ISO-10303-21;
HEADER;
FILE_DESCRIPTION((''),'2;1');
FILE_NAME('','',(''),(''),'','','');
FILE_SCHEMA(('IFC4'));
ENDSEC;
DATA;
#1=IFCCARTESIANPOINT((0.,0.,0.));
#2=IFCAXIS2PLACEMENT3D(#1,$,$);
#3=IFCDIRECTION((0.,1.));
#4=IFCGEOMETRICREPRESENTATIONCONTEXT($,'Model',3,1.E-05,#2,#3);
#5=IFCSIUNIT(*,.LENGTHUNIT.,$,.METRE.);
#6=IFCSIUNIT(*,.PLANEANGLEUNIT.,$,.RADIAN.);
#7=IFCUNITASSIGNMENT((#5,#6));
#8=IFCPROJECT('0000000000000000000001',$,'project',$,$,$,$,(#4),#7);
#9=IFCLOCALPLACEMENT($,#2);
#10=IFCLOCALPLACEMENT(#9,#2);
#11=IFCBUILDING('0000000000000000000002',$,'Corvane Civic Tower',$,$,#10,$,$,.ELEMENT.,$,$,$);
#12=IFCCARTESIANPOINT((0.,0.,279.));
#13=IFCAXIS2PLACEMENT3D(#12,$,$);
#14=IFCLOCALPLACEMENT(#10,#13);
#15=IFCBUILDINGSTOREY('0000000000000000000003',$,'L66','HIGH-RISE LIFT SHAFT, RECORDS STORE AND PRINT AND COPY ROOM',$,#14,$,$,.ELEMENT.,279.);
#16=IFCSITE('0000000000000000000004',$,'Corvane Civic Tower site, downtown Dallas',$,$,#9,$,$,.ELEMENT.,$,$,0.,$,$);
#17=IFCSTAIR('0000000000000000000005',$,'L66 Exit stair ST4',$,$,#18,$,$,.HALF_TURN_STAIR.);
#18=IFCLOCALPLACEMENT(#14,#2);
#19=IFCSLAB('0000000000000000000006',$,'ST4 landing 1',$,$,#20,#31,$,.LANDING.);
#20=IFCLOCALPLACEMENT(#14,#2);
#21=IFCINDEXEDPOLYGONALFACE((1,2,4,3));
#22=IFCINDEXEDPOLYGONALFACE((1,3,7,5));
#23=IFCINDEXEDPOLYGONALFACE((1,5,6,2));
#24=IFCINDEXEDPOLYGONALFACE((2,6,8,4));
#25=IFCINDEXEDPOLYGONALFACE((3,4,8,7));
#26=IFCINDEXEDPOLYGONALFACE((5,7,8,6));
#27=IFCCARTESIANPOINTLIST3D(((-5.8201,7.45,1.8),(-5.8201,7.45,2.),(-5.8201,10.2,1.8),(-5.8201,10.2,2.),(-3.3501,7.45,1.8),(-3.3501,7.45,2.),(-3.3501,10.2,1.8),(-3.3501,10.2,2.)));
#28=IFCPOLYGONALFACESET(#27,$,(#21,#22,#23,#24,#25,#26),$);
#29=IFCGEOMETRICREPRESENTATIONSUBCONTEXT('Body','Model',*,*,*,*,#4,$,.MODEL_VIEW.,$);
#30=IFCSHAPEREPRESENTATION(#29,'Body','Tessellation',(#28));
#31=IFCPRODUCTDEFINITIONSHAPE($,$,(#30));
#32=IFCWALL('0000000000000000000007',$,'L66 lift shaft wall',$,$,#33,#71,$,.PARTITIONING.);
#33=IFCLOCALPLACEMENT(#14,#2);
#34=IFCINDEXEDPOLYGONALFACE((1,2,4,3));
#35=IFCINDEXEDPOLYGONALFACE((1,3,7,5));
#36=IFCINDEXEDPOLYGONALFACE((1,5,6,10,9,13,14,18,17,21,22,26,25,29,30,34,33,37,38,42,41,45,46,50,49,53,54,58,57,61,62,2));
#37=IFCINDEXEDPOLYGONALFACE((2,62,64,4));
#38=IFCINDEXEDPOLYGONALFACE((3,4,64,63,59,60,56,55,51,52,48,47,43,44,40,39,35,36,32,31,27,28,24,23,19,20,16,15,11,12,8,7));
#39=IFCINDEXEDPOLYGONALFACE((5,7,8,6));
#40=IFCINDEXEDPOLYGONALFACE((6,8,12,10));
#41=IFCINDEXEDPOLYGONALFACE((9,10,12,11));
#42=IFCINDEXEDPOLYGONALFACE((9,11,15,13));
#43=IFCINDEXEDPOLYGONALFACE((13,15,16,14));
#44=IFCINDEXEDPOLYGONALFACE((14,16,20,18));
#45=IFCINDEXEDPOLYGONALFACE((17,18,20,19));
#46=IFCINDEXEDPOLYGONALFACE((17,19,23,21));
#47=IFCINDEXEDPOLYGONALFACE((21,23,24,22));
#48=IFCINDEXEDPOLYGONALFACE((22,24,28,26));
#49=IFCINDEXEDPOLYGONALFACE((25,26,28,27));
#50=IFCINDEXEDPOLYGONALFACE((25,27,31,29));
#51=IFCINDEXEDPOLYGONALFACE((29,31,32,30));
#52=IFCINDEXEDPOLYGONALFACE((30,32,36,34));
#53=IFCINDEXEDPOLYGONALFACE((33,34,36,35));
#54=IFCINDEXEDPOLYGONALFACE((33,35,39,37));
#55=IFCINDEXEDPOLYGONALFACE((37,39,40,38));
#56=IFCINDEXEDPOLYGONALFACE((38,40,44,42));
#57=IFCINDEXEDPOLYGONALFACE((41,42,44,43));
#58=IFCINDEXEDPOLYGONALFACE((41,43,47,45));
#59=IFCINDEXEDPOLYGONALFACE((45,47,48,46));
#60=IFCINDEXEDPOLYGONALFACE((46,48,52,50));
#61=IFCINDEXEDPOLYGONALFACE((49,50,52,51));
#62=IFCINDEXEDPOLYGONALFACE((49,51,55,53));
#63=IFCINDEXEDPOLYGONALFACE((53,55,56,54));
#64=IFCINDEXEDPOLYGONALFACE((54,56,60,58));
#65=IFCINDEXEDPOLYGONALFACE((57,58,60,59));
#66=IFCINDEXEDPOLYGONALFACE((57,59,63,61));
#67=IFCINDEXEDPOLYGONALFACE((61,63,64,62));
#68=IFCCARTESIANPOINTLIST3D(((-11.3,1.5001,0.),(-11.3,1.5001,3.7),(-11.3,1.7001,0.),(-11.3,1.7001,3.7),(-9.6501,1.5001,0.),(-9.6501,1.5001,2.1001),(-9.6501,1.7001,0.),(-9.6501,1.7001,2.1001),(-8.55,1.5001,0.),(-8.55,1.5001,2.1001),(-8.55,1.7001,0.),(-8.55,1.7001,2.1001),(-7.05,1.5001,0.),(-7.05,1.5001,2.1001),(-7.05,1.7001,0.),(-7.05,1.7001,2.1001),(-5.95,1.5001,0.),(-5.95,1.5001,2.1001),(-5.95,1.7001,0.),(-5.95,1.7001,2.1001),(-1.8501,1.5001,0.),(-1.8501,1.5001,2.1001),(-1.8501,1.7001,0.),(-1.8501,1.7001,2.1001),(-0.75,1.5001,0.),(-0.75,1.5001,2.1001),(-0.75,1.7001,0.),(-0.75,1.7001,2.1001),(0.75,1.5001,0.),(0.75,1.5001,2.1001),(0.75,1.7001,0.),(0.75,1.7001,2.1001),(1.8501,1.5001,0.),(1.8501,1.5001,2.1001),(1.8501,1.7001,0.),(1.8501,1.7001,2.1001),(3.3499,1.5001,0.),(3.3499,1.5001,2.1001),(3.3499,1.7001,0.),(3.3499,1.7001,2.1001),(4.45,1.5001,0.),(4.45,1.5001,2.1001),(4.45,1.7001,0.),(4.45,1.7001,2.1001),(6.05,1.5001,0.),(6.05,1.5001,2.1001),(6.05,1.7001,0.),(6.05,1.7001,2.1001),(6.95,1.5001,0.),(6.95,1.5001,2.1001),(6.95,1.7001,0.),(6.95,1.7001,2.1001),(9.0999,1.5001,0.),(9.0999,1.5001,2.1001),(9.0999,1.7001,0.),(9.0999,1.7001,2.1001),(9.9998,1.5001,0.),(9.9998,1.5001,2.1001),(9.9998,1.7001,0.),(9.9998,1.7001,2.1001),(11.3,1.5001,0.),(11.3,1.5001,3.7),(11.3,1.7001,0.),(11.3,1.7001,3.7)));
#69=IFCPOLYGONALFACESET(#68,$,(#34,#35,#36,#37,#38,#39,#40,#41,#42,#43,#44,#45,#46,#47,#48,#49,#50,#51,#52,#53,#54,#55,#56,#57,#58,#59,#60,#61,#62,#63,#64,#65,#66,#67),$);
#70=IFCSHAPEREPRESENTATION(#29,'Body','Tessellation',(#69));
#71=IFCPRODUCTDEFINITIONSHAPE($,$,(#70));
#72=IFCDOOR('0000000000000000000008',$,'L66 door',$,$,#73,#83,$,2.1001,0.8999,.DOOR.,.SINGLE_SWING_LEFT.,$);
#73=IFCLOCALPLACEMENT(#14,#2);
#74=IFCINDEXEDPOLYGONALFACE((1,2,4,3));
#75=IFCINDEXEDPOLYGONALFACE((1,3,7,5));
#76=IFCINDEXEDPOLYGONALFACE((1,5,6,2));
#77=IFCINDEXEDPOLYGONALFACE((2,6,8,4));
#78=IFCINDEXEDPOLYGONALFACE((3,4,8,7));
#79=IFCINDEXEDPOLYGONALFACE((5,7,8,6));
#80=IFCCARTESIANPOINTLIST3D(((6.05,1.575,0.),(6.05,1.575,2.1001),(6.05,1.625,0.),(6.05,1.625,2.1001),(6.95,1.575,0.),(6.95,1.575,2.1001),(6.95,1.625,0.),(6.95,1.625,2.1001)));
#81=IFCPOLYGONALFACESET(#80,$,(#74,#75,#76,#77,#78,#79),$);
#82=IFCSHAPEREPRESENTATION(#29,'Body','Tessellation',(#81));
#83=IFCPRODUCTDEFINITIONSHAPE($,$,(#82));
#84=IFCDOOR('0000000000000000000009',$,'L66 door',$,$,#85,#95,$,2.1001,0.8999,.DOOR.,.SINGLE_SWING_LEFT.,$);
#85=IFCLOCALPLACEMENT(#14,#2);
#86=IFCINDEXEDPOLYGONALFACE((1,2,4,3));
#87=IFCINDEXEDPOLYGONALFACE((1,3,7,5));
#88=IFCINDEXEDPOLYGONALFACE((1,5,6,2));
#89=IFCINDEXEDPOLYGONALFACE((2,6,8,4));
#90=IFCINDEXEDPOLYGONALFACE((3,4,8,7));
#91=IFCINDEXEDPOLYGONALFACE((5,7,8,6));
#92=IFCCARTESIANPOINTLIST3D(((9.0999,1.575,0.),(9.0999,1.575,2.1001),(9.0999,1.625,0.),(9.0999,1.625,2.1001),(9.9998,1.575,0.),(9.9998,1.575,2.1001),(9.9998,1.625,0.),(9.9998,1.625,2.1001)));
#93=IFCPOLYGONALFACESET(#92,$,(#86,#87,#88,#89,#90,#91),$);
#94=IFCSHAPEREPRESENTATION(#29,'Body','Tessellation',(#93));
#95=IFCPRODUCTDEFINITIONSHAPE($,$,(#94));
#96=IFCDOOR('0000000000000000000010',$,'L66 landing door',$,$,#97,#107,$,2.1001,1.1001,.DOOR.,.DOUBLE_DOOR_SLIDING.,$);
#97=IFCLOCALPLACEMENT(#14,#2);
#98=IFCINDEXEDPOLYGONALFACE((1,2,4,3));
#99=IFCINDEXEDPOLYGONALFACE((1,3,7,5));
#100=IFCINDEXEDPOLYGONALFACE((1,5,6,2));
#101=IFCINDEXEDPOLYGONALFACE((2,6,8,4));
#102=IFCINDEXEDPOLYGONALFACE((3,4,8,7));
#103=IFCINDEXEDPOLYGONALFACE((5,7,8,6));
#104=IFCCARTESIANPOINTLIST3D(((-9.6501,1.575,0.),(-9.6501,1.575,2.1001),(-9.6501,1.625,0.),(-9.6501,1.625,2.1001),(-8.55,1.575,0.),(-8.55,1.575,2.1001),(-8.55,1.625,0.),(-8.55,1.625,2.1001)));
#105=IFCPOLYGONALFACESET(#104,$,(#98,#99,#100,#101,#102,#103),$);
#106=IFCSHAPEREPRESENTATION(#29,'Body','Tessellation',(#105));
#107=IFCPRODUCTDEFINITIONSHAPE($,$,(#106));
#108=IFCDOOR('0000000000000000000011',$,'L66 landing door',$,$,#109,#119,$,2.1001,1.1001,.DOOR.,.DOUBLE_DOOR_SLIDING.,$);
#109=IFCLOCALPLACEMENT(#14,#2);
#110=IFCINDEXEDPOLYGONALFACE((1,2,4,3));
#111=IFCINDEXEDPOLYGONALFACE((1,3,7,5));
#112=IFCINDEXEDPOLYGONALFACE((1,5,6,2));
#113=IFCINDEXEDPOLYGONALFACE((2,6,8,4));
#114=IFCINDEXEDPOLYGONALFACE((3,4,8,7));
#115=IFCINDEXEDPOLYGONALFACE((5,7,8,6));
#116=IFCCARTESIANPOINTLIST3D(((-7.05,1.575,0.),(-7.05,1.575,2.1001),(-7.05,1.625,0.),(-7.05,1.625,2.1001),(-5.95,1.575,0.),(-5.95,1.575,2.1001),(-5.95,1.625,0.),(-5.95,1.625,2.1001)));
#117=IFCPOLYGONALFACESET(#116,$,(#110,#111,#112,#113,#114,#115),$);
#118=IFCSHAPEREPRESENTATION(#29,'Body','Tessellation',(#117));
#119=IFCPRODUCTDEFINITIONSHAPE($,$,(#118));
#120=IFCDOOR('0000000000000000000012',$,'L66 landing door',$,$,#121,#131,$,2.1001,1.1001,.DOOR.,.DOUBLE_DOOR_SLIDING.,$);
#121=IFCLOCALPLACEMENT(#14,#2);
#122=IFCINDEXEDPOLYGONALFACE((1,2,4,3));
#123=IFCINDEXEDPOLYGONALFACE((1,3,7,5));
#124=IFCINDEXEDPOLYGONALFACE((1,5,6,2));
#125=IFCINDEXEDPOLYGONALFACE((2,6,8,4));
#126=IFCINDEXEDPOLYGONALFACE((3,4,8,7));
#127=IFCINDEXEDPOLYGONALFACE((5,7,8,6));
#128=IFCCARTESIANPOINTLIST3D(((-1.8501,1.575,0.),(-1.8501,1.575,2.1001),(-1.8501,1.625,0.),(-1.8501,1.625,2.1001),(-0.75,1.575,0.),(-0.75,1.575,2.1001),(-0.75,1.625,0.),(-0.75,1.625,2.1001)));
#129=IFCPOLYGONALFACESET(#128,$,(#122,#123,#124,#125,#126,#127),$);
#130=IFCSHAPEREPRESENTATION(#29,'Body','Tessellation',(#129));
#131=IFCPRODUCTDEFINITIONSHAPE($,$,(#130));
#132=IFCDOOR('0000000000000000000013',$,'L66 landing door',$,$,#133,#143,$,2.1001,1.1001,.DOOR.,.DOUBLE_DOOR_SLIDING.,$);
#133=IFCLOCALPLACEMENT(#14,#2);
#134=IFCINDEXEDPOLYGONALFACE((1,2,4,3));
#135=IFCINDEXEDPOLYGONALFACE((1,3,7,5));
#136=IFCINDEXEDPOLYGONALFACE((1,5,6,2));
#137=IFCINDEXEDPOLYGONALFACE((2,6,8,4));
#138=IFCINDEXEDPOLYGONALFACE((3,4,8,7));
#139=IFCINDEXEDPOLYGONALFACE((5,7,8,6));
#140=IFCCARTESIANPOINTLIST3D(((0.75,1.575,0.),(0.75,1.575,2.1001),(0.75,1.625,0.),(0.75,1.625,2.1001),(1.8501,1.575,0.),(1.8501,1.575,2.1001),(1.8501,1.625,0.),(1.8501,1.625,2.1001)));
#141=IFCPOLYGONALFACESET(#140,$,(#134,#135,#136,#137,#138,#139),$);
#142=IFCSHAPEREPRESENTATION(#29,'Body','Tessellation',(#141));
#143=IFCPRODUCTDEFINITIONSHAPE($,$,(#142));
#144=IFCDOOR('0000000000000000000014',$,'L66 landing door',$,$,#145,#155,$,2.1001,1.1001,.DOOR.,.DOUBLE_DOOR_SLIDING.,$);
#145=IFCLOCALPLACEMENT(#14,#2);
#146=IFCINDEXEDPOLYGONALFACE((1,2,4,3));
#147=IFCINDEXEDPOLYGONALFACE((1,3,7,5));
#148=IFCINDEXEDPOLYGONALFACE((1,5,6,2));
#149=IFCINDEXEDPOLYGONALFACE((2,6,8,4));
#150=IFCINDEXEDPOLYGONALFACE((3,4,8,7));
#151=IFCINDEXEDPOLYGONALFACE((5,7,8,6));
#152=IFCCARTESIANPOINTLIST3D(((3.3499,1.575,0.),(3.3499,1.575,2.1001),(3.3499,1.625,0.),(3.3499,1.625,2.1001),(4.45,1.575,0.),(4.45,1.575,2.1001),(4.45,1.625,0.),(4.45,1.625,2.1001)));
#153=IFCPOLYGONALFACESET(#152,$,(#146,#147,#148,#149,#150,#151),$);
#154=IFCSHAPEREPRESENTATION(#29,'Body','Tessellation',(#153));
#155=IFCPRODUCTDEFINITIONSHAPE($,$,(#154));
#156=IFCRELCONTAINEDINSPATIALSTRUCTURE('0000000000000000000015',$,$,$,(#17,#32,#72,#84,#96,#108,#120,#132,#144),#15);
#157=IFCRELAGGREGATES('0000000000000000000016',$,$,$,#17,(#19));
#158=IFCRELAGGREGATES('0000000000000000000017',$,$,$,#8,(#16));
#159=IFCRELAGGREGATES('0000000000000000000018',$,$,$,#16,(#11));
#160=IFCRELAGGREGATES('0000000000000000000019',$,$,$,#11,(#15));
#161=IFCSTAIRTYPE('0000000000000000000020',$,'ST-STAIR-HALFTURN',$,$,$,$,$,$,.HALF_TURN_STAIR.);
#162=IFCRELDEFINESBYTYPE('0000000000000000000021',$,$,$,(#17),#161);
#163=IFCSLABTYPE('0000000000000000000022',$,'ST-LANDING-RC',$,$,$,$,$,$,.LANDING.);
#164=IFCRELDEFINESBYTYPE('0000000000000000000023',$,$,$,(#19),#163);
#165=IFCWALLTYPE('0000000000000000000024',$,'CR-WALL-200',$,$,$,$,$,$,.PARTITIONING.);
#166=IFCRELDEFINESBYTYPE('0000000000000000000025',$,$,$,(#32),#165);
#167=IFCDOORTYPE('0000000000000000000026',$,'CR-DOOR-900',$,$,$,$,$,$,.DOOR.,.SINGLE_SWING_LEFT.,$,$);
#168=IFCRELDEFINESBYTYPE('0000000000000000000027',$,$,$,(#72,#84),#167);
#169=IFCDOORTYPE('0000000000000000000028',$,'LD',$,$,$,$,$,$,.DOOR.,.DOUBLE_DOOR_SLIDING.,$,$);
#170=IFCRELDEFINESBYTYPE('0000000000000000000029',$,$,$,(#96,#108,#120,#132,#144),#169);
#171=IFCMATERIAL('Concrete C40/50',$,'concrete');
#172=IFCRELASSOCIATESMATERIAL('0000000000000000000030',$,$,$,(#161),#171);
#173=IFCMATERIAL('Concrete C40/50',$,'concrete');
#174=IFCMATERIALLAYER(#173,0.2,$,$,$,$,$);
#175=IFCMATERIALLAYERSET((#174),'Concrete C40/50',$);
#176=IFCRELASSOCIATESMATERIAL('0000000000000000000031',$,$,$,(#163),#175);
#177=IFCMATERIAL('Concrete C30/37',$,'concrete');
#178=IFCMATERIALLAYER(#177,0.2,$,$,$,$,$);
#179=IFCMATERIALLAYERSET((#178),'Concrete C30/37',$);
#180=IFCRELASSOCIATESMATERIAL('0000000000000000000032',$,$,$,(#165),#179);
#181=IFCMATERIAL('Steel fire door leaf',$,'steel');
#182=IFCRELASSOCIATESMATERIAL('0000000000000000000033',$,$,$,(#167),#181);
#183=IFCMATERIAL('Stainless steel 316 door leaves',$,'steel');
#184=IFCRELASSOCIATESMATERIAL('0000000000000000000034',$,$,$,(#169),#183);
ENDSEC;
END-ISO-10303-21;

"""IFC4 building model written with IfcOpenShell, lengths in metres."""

from ifc_helpers import new_model, si_unit, direction, frame, frame_2d, origin, place, context, subcontext, project, spatial, polyline, rectangle, outline, extrude, material, layer, layer_set, type_object, element, fill, aggregate, save


model = new_model("IFC4")

# Units and contexts
model_context = context("Model", 3, precision=1e-05, world=origin(), true_north=direction((0.0, 1.0)))
body_context = subcontext(model_context, "Body", "Model", "MODEL_VIEW")
ifc_project = project(units=[si_unit("LENGTHUNIT", "METRE"), si_unit("PLANEANGLEUNIT", "RADIAN")], contexts=[model_context])

# Site, building, storey
site_placement = place(None, origin())
site = spatial("IfcSite", under=ifc_project, at=site_placement, Name="Corvane Civic Tower site, downtown Dallas", CompositionType="ELEMENT", RefElevation=0.0)
building_placement = place(site_placement, origin())
building = spatial("IfcBuilding", under=site, at=building_placement, Name="Corvane Civic Tower", CompositionType="ELEMENT")
storey_placement = place(building_placement, frame((0.0, 0.0, 279.0)))
storey = spatial("IfcBuildingStorey", under=building, at=storey_placement, Name="L66", Description="HIGH-RISE LIFT SHAFT, RECORDS STORE AND PRINT AND COPY ROOM", CompositionType="ELEMENT", Elevation=279.0)

# Stair, slab
ifc_material_1 = material(Name="Concrete C40/50", Category="concrete")
stair_type = type_object("IfcStairType", Name="ST-STAIR-HALFTURN", PredefinedType="HALF_TURN_STAIR", material=ifc_material_1)
ifc_material_2 = material(Name="Concrete C40/50", Category="concrete")
ifc_layer_1 = layer(ifc_material_2, 0.2)
ifc_layer_set_1 = layer_set([ifc_layer_1], Name="Concrete C40/50")
slab_type_1 = type_object("IfcSlabType", Name="ST-LANDING-RC", PredefinedType="LANDING", material=ifc_layer_set_1)
stair_1_placement = place(storey_placement, origin())
stair_1 = element("IfcStair", 1, at=stair_1_placement, inside=storey, type_object=stair_type, Name="L66 Exit stair ST4", PredefinedType="HALF_TURN_STAIR")
slab_1_placement = place(storey_placement, frame((0.0, 0.0, 1.8)))
slab_1 = element("IfcSlab", 2, at=slab_1_placement, type_object=slab_type_1, Name="ST4 landing 1", PredefinedType="LANDING", context=body_context, shape_type="SweptSolid", body=[
    extrude(outline(polyline([(-5.8201, 7.45), (-3.3501, 7.45), (-3.3501, 10.2), (-5.8201, 10.2), (-5.8201, 7.45)])), origin(), (0.0, 0.0, 1.0), 0.2),
])

# Wall, openings, doors
ifc_material_3 = material(Name="Concrete C30/37", Category="concrete")
ifc_layer_2 = layer(ifc_material_3, 0.2)
ifc_layer_set_2 = layer_set([ifc_layer_2], Name="Concrete C30/37")
wall_type_1 = type_object("IfcWallType", Name="CR-WALL-200", PredefinedType="PARTITIONING", material=ifc_layer_set_2)
wall_1_placement = place(storey_placement, frame((-11.3, 1.6001, 0.0), z_axis=(0.0, 0.0, 1.0), x_axis=(1.0, 0.0, 0.0)))
wall_1 = element("IfcWall", 3, at=wall_1_placement, inside=storey, type_object=wall_type_1, Name="L66 lift shaft wall", PredefinedType="PARTITIONING", context=body_context, shape_type="SweptSolid", body=[
    extrude(rectangle(XDim=22.6001, YDim=0.2, at=frame_2d((11.3, 0.0))), origin(), (0.0, 0.0, 1.0), 3.7),
])
opening_1_placement = place(wall_1_placement, frame((1.6499, 0.0, 0.0)))
opening_1 = element("IfcOpeningElement", 4, at=opening_1_placement, cuts=wall_1, PredefinedType="OPENING", context=body_context, shape_type="SweptSolid", body=[
    extrude(rectangle(XDim=1.1001, YDim=2.1001, at=frame_2d((0.55, 1.05))), frame((0.0, 0.1099, 0.0), z_axis=(0.0, -1.0, 0.0), x_axis=(1.0, 0.0, 0.0)), (0.0, 0.0, 1.0), 0.22),
])
opening_2_placement = place(wall_1_placement, frame((4.25, 0.0, 0.0)))
opening_2 = element("IfcOpeningElement", 5, at=opening_2_placement, cuts=wall_1, PredefinedType="OPENING", context=body_context, shape_type="SweptSolid", body=[
    extrude(rectangle(XDim=1.1001, YDim=2.1001, at=frame_2d((0.55, 1.05))), frame((0.0, 0.1099, 0.0), z_axis=(0.0, -1.0, 0.0), x_axis=(1.0, 0.0, 0.0)), (0.0, 0.0, 1.0), 0.22),
])
opening_3_placement = place(wall_1_placement, frame((9.45, 0.0, 0.0)))
opening_3 = element("IfcOpeningElement", 6, at=opening_3_placement, cuts=wall_1, PredefinedType="OPENING", context=body_context, shape_type="SweptSolid", body=[
    extrude(rectangle(XDim=1.1001, YDim=2.1001, at=frame_2d((0.55, 1.05))), frame((0.0, 0.1099, 0.0), z_axis=(0.0, -1.0, 0.0), x_axis=(1.0, 0.0, 0.0)), (0.0, 0.0, 1.0), 0.22),
])
opening_4_placement = place(wall_1_placement, frame((12.05, 0.0, 0.0)))
opening_4 = element("IfcOpeningElement", 7, at=opening_4_placement, cuts=wall_1, PredefinedType="OPENING", context=body_context, shape_type="SweptSolid", body=[
    extrude(rectangle(XDim=1.1001, YDim=2.1001, at=frame_2d((0.55, 1.05))), frame((0.0, 0.1099, 0.0), z_axis=(0.0, -1.0, 0.0), x_axis=(1.0, 0.0, 0.0)), (0.0, 0.0, 1.0), 0.22),
])
opening_5_placement = place(wall_1_placement, frame((14.6499, 0.0, 0.0)))
opening_5 = element("IfcOpeningElement", 8, at=opening_5_placement, cuts=wall_1, PredefinedType="OPENING", context=body_context, shape_type="SweptSolid", body=[
    extrude(rectangle(XDim=1.1001, YDim=2.1001, at=frame_2d((0.55, 1.05))), frame((0.0, 0.1099, 0.0), z_axis=(0.0, -1.0, 0.0), x_axis=(1.0, 0.0, 0.0)), (0.0, 0.0, 1.0), 0.22),
])
opening_6_placement = place(wall_1_placement, frame((17.3501, 0.0, 0.0)))
opening_6 = element("IfcOpeningElement", 9, at=opening_6_placement, cuts=wall_1, PredefinedType="OPENING", context=body_context, shape_type="SweptSolid", body=[
    extrude(rectangle(XDim=0.8999, YDim=2.1001, at=frame_2d((0.45, 1.05))), frame((0.0, 0.1099, 0.0), z_axis=(0.0, -1.0, 0.0), x_axis=(1.0, 0.0, 0.0)), (0.0, 0.0, 1.0), 0.22),
])
opening_7_placement = place(wall_1_placement, frame((20.3999, 0.0, 0.0)))
opening_7 = element("IfcOpeningElement", 10, at=opening_7_placement, cuts=wall_1, PredefinedType="OPENING", context=body_context, shape_type="SweptSolid", body=[
    extrude(rectangle(XDim=0.8999, YDim=2.1001, at=frame_2d((0.45, 1.05))), frame((0.0, 0.1099, 0.0), z_axis=(0.0, -1.0, 0.0), x_axis=(1.0, 0.0, 0.0)), (0.0, 0.0, 1.0), 0.22),
])
ifc_material_4 = material(Name="Steel fire door leaf", Category="steel")
door_type_1 = type_object("IfcDoorType", Name="CR-DOOR-900", OperationType="SINGLE_SWING_LEFT", PredefinedType="DOOR", material=ifc_material_4)
door_1_placement = place(opening_6_placement, origin())
door_1 = element("IfcDoor", 11, at=door_1_placement, inside=storey, type_object=door_type_1, Name="L66 door", OperationType="SINGLE_SWING_LEFT", OverallHeight=2.1001, OverallWidth=0.8999, PredefinedType="DOOR", context=body_context, shape_type="SweptSolid", body=[
    extrude(rectangle(XDim=0.8999, YDim=2.1001, at=frame_2d((0.45, 1.05))), frame((0.0, 0.0249, 0.0), z_axis=(0.0, -1.0, 0.0), x_axis=(1.0, 0.0, 0.0)), (0.0, 0.0, 1.0), 0.05),
])
fill(opening_6, door_1)
door_2_placement = place(opening_7_placement, origin())
door_2 = element("IfcDoor", 12, at=door_2_placement, inside=storey, type_object=door_type_1, Name="L66 door", OperationType="SINGLE_SWING_LEFT", OverallHeight=2.1001, OverallWidth=0.8999, PredefinedType="DOOR", context=body_context, shape_type="SweptSolid", body=[
    extrude(rectangle(XDim=0.8999, YDim=2.1001, at=frame_2d((0.45, 1.05))), frame((0.0, 0.0249, 0.0), z_axis=(0.0, -1.0, 0.0), x_axis=(1.0, 0.0, 0.0)), (0.0, 0.0, 1.0), 0.05),
])
fill(opening_7, door_2)
ifc_material_5 = material(Name="Stainless steel 316 door leaves", Category="steel")
door_type_2 = type_object("IfcDoorType", Name="LD", OperationType="DOUBLE_DOOR_SLIDING", PredefinedType="DOOR", material=ifc_material_5)
door_3_placement = place(opening_1_placement, origin())
door_3 = element("IfcDoor", 13, at=door_3_placement, inside=storey, type_object=door_type_2, Name="L66 landing door", OperationType="DOUBLE_DOOR_SLIDING", OverallHeight=2.1001, OverallWidth=1.1001, PredefinedType="DOOR", context=body_context, shape_type="SweptSolid", body=[
    extrude(rectangle(XDim=1.1001, YDim=2.1001, at=frame_2d((0.55, 1.05))), frame((0.0, 0.0249, 0.0), z_axis=(0.0, -1.0, 0.0), x_axis=(1.0, 0.0, 0.0)), (0.0, 0.0, 1.0), 0.05),
])
fill(opening_1, door_3)
door_4_placement = place(opening_2_placement, origin())
door_4 = element("IfcDoor", 14, at=door_4_placement, inside=storey, type_object=door_type_2, Name="L66 landing door", OperationType="DOUBLE_DOOR_SLIDING", OverallHeight=2.1001, OverallWidth=1.1001, PredefinedType="DOOR", context=body_context, shape_type="SweptSolid", body=[
    extrude(rectangle(XDim=1.1001, YDim=2.1001, at=frame_2d((0.55, 1.05))), frame((0.0, 0.0249, 0.0), z_axis=(0.0, -1.0, 0.0), x_axis=(1.0, 0.0, 0.0)), (0.0, 0.0, 1.0), 0.05),
])
fill(opening_2, door_4)
door_5_placement = place(opening_3_placement, origin())
door_5 = element("IfcDoor", 15, at=door_5_placement, inside=storey, type_object=door_type_2, Name="L66 landing door", OperationType="DOUBLE_DOOR_SLIDING", OverallHeight=2.1001, OverallWidth=1.1001, PredefinedType="DOOR", context=body_context, shape_type="SweptSolid", body=[
    extrude(rectangle(XDim=1.1001, YDim=2.1001, at=frame_2d((0.55, 1.05))), frame((0.0, 0.0249, 0.0), z_axis=(0.0, -1.0, 0.0), x_axis=(1.0, 0.0, 0.0)), (0.0, 0.0, 1.0), 0.05),
])
fill(opening_3, door_5)
door_6_placement = place(opening_4_placement, origin())
door_6 = element("IfcDoor", 16, at=door_6_placement, inside=storey, type_object=door_type_2, Name="L66 landing door", OperationType="DOUBLE_DOOR_SLIDING", OverallHeight=2.1001, OverallWidth=1.1001, PredefinedType="DOOR", context=body_context, shape_type="SweptSolid", body=[
    extrude(rectangle(XDim=1.1001, YDim=2.1001, at=frame_2d((0.55, 1.05))), frame((0.0, 0.0249, 0.0), z_axis=(0.0, -1.0, 0.0), x_axis=(1.0, 0.0, 0.0)), (0.0, 0.0, 1.0), 0.05),
])
fill(opening_4, door_6)
door_7_placement = place(opening_5_placement, origin())
door_7 = element("IfcDoor", 17, at=door_7_placement, inside=storey, type_object=door_type_2, Name="L66 landing door", OperationType="DOUBLE_DOOR_SLIDING", OverallHeight=2.1001, OverallWidth=1.1001, PredefinedType="DOOR", context=body_context, shape_type="SweptSolid", body=[
    extrude(rectangle(XDim=1.1001, YDim=2.1001, at=frame_2d((0.55, 1.05))), frame((0.0, 0.0249, 0.0), z_axis=(0.0, -1.0, 0.0), x_axis=(1.0, 0.0, 0.0)), (0.0, 0.0, 1.0), 0.05),
])
fill(opening_5, door_7)

aggregate(stair_1, [slab_1])

save(model, "model.ifc")
